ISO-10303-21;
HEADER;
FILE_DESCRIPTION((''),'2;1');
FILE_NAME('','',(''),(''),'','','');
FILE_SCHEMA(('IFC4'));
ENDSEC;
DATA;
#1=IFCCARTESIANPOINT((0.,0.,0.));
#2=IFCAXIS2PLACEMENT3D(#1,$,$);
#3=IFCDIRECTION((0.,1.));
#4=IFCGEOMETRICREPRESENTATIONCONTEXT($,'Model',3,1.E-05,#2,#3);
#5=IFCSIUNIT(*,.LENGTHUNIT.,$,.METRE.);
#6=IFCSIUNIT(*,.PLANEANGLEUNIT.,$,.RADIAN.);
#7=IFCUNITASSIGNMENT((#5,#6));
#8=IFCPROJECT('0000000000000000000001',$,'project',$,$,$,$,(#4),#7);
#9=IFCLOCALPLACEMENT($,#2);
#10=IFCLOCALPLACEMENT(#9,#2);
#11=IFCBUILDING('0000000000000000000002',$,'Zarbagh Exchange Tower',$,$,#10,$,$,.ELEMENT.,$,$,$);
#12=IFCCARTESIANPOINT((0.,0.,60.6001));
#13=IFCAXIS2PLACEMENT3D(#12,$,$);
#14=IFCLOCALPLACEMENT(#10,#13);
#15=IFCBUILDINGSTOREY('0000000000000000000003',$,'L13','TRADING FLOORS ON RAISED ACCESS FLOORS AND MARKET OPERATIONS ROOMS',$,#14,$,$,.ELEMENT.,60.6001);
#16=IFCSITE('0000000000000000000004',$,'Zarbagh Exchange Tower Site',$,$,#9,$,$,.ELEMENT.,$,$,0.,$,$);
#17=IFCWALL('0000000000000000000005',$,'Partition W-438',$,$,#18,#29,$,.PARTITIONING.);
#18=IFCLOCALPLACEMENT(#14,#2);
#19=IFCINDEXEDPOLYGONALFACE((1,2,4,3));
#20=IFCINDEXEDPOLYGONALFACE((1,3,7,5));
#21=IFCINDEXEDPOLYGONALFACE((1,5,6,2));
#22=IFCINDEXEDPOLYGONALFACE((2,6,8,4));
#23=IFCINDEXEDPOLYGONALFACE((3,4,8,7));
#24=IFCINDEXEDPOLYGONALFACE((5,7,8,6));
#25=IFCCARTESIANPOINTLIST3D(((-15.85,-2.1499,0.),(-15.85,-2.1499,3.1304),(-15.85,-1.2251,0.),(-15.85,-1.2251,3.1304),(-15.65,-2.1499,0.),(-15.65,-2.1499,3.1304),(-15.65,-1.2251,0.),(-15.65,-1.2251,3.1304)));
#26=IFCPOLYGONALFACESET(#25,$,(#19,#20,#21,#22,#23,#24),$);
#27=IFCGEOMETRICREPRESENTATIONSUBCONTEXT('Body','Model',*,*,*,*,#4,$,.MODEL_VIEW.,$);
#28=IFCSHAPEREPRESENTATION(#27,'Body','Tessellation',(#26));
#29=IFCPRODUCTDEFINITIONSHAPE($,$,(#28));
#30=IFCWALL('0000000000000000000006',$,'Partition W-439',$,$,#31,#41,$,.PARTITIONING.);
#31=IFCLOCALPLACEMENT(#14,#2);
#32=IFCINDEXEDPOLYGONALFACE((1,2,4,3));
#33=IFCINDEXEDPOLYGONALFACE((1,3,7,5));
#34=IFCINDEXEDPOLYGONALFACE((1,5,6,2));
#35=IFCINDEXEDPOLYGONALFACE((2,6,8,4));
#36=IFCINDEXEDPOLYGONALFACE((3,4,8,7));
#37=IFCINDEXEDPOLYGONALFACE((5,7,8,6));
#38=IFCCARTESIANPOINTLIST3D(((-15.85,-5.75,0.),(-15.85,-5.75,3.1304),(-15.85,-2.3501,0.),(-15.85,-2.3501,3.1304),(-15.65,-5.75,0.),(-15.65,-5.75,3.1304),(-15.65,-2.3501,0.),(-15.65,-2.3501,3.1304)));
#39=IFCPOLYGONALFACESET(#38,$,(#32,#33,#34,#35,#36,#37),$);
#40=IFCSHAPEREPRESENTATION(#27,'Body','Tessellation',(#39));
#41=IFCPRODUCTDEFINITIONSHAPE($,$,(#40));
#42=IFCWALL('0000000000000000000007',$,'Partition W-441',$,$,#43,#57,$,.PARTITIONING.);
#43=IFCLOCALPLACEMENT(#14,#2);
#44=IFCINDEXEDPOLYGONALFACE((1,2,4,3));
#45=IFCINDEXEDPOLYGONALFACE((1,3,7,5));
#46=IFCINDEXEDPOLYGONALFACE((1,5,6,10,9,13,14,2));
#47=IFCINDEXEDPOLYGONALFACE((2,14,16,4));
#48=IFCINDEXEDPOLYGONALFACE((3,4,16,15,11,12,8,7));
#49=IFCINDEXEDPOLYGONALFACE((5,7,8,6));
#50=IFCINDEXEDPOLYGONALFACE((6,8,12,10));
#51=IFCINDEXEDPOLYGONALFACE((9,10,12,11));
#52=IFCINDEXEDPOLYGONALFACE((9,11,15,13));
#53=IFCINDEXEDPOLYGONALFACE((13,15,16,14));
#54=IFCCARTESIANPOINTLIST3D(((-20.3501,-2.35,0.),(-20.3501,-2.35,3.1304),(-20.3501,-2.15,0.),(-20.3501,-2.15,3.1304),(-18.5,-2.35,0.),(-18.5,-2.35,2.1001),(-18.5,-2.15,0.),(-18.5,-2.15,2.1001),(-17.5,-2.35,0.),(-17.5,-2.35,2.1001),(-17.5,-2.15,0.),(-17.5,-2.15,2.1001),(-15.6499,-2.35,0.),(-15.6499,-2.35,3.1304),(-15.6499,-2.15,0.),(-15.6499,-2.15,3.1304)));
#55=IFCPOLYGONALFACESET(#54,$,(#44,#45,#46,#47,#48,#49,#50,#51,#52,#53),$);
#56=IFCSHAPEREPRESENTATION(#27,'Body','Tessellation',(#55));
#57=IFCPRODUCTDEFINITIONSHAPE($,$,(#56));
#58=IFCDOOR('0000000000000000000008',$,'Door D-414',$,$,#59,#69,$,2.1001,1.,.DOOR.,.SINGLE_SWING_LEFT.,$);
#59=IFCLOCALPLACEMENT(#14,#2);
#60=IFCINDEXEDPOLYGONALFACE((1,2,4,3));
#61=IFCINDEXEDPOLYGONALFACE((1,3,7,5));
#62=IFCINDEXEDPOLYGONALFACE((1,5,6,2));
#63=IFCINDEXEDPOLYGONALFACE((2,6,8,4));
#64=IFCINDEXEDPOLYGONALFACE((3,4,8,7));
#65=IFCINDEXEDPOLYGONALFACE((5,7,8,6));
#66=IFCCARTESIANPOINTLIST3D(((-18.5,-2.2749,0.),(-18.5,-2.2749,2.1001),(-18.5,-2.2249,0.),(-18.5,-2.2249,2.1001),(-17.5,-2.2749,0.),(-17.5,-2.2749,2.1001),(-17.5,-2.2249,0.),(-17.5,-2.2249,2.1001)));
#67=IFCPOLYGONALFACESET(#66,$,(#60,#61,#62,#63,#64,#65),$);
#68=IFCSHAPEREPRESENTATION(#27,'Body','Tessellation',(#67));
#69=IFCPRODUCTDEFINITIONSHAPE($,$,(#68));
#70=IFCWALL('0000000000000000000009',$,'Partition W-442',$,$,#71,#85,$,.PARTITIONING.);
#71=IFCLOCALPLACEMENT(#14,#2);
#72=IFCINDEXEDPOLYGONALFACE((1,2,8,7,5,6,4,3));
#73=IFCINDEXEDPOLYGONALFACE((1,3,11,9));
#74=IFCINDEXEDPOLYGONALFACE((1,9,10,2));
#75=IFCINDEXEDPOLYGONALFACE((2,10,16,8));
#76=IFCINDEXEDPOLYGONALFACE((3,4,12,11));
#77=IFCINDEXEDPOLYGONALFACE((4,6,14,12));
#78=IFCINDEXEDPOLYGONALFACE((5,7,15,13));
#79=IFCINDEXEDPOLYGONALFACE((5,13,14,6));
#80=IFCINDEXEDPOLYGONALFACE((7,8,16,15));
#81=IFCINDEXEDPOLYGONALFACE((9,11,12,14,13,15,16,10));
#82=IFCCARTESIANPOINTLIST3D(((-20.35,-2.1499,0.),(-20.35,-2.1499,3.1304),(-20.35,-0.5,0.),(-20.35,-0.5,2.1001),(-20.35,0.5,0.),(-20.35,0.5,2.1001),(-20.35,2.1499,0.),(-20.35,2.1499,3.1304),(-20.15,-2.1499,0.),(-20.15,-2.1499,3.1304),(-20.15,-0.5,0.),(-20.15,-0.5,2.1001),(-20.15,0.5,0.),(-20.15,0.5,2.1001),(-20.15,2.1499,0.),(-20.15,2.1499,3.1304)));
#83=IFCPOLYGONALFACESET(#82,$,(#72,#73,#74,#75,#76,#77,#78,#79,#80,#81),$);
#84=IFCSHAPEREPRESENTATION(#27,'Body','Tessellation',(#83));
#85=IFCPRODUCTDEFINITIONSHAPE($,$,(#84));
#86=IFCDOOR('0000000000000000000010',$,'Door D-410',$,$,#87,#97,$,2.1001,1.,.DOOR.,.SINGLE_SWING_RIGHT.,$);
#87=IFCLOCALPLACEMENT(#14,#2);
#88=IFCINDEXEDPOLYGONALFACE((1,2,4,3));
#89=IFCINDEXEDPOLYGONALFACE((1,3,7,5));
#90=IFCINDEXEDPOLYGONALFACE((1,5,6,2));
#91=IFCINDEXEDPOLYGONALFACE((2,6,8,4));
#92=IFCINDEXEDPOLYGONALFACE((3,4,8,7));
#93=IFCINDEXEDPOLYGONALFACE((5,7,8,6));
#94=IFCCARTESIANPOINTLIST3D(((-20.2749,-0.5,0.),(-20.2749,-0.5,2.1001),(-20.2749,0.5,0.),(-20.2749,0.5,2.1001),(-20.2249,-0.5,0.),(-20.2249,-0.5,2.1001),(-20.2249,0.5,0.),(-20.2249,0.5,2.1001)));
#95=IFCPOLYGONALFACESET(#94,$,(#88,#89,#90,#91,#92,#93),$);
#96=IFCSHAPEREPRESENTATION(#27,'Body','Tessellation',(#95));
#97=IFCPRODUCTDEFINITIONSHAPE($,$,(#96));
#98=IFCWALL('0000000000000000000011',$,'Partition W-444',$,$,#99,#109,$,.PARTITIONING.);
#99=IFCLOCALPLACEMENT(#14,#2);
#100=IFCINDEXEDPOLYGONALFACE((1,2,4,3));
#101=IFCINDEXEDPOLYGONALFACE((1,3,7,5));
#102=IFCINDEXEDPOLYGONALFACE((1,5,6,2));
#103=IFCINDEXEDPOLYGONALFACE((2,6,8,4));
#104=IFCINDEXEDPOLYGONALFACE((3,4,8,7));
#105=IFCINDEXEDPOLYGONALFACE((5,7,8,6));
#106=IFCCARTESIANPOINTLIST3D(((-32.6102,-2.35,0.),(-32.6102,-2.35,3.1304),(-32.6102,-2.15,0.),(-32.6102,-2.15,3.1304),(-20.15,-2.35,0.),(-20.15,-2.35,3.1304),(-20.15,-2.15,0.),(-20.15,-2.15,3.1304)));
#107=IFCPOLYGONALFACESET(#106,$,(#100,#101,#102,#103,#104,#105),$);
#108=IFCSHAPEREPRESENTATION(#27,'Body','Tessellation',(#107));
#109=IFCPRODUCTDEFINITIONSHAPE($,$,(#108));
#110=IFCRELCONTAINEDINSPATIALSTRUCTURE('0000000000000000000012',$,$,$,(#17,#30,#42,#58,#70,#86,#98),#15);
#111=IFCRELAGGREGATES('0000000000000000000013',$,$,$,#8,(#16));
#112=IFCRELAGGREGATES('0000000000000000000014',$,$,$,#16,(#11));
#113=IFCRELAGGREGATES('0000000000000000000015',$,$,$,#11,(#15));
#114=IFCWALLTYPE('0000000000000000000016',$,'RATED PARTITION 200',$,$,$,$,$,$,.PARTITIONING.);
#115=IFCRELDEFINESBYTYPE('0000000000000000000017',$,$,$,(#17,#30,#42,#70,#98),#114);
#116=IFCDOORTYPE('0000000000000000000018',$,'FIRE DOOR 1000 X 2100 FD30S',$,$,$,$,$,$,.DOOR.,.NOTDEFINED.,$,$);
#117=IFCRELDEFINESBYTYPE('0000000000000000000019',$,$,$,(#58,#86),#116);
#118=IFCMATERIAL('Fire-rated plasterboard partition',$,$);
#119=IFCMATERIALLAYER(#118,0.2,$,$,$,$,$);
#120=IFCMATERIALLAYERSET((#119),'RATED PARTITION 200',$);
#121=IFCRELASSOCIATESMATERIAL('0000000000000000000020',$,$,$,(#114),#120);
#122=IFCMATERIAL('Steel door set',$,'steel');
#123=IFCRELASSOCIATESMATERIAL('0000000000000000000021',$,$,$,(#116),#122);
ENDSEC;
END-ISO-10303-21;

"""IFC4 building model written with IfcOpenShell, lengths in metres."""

from ifc_helpers import new_model, si_unit, direction, frame, frame_2d, origin, place, context, subcontext, project, spatial, rectangle, extrude, material, layer, layer_set, type_object, element, fill, save


model = new_model("IFC4")

# Units and contexts
model_context = context("Model", 3, precision=1e-05, world=origin(), true_north=direction((0.0, 1.0)))
body_context = subcontext(model_context, "Body", "Model", "MODEL_VIEW")
ifc_project = project(units=[si_unit("LENGTHUNIT", "METRE"), si_unit("PLANEANGLEUNIT", "RADIAN")], contexts=[model_context])

# Site, building, storey
site_placement = place(None, origin())
site = spatial("IfcSite", under=ifc_project, at=site_placement, Name="Zarbagh Exchange Tower Site", CompositionType="ELEMENT", RefElevation=0.0)
building_placement = place(site_placement, origin())
building = spatial("IfcBuilding", under=site, at=building_placement, Name="Zarbagh Exchange Tower", CompositionType="ELEMENT")
storey_placement = place(building_placement, frame((0.0, 0.0, 60.6001)))
storey = spatial("IfcBuildingStorey", under=building, at=storey_placement, Name="L13", Description="TRADING FLOORS ON RAISED ACCESS FLOORS AND MARKET OPERATIONS ROOMS", CompositionType="ELEMENT", Elevation=60.6001)

# Shared definitions
ifc_material_1 = material(Name="Fire-rated plasterboard partition")
ifc_layer = layer(ifc_material_1, 0.2)
ifc_layer_set = layer_set([ifc_layer], Name="RATED PARTITION 200")
wall_type = type_object("IfcWallType", Name="RATED PARTITION 200", PredefinedType="PARTITIONING", material=ifc_layer_set)
ifc_material_2 = material(Name="Steel door set", Category="steel")
door_type = type_object("IfcDoorType", Name="FIRE DOOR 1000 X 2100 FD30S", OperationType="NOTDEFINED", PredefinedType="DOOR", material=ifc_material_2)

# Walls
wall_1_placement = place(storey_placement, frame((-15.75, -2.1499, 0.0), z_axis=(0.0, 0.0, 1.0), x_axis=(0.0, 1.0, 0.0)))
element("IfcWall", 1, at=wall_1_placement, inside=storey, type_object=wall_type, Name="Partition W-438", PredefinedType="PARTITIONING", context=body_context, shape_type="SweptSolid", body=[
    extrude(rectangle(XDim=0.9248, YDim=0.2, at=frame_2d((0.4624, 0.0))), origin(), (0.0, 0.0, 1.0), 3.1304),
])
wall_2_placement = place(storey_placement, frame((-15.75, -5.75, 0.0), z_axis=(0.0, 0.0, 1.0), x_axis=(0.0, 1.0, 0.0)))
element("IfcWall", 2, at=wall_2_placement, inside=storey, type_object=wall_type, Name="Partition W-439", PredefinedType="PARTITIONING", context=body_context, shape_type="SweptSolid", body=[
    extrude(rectangle(XDim=3.3999, YDim=0.2, at=frame_2d((1.7, 0.0))), origin(), (0.0, 0.0, 1.0), 3.1304),
])

# Walls, openings, doors
wall_3_placement = place(storey_placement, frame((-15.6499, -2.25, 0.0), z_axis=(0.0, 0.0, 1.0), x_axis=(-1.0, 0.0, 0.0)))
wall_3 = element("IfcWall", 3, at=wall_3_placement, inside=storey, type_object=wall_type, Name="Partition W-441", PredefinedType="PARTITIONING", context=body_context, shape_type="SweptSolid", body=[
    extrude(rectangle(XDim=4.7002, YDim=0.2, at=frame_2d((2.3501, 0.0))), origin(), (0.0, 0.0, 1.0), 3.1304),
])
opening_1_placement = place(wall_3_placement, frame((1.8501, 0.0, 0.0)))
opening_1 = element("IfcOpeningElement", 4, at=opening_1_placement, cuts=wall_3, PredefinedType="OPENING", context=body_context, shape_type="SweptSolid", body=[
    extrude(rectangle(XDim=1.0, YDim=2.1001, at=frame_2d((0.5, 1.05))), frame((0.0, 0.1099, 0.0), z_axis=(0.0, -1.0, 0.0), x_axis=(1.0, 0.0, 0.0)), (0.0, 0.0, 1.0), 0.22),
])
door_1_placement = place(opening_1_placement, origin())
door_1 = element("IfcDoor", 5, at=door_1_placement, inside=storey, type_object=door_type, Name="Door D-414", OperationType="SINGLE_SWING_LEFT", OverallHeight=2.1001, OverallWidth=1.0, PredefinedType="DOOR", context=body_context, shape_type="SweptSolid", body=[
    extrude(rectangle(XDim=1.0, YDim=2.1001, at=frame_2d((0.5, 1.05))), frame((0.0, 0.0249, 0.0), z_axis=(0.0, -1.0, 0.0), x_axis=(1.0, 0.0, 0.0)), (0.0, 0.0, 1.0), 0.05),
])
fill(opening_1, door_1)
wall_4_placement = place(storey_placement, frame((-20.25, -2.1499, 0.0), z_axis=(0.0, 0.0, 1.0), x_axis=(0.0, 1.0, 0.0)))
wall_4 = element("IfcWall", 6, at=wall_4_placement, inside=storey, type_object=wall_type, Name="Partition W-442", PredefinedType="PARTITIONING", context=body_context, shape_type="SweptSolid", body=[
    extrude(rectangle(XDim=4.2998, YDim=0.2, at=frame_2d((2.1499, 0.0))), origin(), (0.0, 0.0, 1.0), 3.1304),
])
opening_2_placement = place(wall_4_placement, frame((1.6499, 0.0, 0.0)))
opening_2 = element("IfcOpeningElement", 7, at=opening_2_placement, cuts=wall_4, PredefinedType="OPENING", context=body_context, shape_type="SweptSolid", body=[
    extrude(rectangle(XDim=1.0, YDim=2.1001, at=frame_2d((0.5, 1.05))), frame((0.0, 0.1099, 0.0), z_axis=(0.0, -1.0, 0.0), x_axis=(1.0, 0.0, 0.0)), (0.0, 0.0, 1.0), 0.22),
])
door_2_placement = place(opening_2_placement, origin())
door_2 = element("IfcDoor", 8, at=door_2_placement, inside=storey, type_object=door_type, Name="Door D-410", OperationType="SINGLE_SWING_RIGHT", OverallHeight=2.1001, OverallWidth=1.0, PredefinedType="DOOR", context=body_context, shape_type="SweptSolid", body=[
    extrude(rectangle(XDim=1.0, YDim=2.1001, at=frame_2d((0.5, 1.05))), frame((0.0, 0.0249, 0.0), z_axis=(0.0, -1.0, 0.0), x_axis=(1.0, 0.0, 0.0)), (0.0, 0.0, 1.0), 0.05),
])
fill(opening_2, door_2)

# Wall
wall_5_placement = place(storey_placement, frame((-32.6101, -2.25, 0.0), z_axis=(0.0, 0.0, 1.0), x_axis=(1.0, 0.0, 0.0)))
element("IfcWall", 9, at=wall_5_placement, inside=storey, type_object=wall_type, Name="Partition W-444", PredefinedType="PARTITIONING", context=body_context, shape_type="SweptSolid", body=[
    extrude(rectangle(XDim=12.4602, YDim=0.2, at=frame_2d((6.23, 0.0))), origin(), (0.0, 0.0, 1.0), 3.1304),
])

save(model, "model.ifc")
